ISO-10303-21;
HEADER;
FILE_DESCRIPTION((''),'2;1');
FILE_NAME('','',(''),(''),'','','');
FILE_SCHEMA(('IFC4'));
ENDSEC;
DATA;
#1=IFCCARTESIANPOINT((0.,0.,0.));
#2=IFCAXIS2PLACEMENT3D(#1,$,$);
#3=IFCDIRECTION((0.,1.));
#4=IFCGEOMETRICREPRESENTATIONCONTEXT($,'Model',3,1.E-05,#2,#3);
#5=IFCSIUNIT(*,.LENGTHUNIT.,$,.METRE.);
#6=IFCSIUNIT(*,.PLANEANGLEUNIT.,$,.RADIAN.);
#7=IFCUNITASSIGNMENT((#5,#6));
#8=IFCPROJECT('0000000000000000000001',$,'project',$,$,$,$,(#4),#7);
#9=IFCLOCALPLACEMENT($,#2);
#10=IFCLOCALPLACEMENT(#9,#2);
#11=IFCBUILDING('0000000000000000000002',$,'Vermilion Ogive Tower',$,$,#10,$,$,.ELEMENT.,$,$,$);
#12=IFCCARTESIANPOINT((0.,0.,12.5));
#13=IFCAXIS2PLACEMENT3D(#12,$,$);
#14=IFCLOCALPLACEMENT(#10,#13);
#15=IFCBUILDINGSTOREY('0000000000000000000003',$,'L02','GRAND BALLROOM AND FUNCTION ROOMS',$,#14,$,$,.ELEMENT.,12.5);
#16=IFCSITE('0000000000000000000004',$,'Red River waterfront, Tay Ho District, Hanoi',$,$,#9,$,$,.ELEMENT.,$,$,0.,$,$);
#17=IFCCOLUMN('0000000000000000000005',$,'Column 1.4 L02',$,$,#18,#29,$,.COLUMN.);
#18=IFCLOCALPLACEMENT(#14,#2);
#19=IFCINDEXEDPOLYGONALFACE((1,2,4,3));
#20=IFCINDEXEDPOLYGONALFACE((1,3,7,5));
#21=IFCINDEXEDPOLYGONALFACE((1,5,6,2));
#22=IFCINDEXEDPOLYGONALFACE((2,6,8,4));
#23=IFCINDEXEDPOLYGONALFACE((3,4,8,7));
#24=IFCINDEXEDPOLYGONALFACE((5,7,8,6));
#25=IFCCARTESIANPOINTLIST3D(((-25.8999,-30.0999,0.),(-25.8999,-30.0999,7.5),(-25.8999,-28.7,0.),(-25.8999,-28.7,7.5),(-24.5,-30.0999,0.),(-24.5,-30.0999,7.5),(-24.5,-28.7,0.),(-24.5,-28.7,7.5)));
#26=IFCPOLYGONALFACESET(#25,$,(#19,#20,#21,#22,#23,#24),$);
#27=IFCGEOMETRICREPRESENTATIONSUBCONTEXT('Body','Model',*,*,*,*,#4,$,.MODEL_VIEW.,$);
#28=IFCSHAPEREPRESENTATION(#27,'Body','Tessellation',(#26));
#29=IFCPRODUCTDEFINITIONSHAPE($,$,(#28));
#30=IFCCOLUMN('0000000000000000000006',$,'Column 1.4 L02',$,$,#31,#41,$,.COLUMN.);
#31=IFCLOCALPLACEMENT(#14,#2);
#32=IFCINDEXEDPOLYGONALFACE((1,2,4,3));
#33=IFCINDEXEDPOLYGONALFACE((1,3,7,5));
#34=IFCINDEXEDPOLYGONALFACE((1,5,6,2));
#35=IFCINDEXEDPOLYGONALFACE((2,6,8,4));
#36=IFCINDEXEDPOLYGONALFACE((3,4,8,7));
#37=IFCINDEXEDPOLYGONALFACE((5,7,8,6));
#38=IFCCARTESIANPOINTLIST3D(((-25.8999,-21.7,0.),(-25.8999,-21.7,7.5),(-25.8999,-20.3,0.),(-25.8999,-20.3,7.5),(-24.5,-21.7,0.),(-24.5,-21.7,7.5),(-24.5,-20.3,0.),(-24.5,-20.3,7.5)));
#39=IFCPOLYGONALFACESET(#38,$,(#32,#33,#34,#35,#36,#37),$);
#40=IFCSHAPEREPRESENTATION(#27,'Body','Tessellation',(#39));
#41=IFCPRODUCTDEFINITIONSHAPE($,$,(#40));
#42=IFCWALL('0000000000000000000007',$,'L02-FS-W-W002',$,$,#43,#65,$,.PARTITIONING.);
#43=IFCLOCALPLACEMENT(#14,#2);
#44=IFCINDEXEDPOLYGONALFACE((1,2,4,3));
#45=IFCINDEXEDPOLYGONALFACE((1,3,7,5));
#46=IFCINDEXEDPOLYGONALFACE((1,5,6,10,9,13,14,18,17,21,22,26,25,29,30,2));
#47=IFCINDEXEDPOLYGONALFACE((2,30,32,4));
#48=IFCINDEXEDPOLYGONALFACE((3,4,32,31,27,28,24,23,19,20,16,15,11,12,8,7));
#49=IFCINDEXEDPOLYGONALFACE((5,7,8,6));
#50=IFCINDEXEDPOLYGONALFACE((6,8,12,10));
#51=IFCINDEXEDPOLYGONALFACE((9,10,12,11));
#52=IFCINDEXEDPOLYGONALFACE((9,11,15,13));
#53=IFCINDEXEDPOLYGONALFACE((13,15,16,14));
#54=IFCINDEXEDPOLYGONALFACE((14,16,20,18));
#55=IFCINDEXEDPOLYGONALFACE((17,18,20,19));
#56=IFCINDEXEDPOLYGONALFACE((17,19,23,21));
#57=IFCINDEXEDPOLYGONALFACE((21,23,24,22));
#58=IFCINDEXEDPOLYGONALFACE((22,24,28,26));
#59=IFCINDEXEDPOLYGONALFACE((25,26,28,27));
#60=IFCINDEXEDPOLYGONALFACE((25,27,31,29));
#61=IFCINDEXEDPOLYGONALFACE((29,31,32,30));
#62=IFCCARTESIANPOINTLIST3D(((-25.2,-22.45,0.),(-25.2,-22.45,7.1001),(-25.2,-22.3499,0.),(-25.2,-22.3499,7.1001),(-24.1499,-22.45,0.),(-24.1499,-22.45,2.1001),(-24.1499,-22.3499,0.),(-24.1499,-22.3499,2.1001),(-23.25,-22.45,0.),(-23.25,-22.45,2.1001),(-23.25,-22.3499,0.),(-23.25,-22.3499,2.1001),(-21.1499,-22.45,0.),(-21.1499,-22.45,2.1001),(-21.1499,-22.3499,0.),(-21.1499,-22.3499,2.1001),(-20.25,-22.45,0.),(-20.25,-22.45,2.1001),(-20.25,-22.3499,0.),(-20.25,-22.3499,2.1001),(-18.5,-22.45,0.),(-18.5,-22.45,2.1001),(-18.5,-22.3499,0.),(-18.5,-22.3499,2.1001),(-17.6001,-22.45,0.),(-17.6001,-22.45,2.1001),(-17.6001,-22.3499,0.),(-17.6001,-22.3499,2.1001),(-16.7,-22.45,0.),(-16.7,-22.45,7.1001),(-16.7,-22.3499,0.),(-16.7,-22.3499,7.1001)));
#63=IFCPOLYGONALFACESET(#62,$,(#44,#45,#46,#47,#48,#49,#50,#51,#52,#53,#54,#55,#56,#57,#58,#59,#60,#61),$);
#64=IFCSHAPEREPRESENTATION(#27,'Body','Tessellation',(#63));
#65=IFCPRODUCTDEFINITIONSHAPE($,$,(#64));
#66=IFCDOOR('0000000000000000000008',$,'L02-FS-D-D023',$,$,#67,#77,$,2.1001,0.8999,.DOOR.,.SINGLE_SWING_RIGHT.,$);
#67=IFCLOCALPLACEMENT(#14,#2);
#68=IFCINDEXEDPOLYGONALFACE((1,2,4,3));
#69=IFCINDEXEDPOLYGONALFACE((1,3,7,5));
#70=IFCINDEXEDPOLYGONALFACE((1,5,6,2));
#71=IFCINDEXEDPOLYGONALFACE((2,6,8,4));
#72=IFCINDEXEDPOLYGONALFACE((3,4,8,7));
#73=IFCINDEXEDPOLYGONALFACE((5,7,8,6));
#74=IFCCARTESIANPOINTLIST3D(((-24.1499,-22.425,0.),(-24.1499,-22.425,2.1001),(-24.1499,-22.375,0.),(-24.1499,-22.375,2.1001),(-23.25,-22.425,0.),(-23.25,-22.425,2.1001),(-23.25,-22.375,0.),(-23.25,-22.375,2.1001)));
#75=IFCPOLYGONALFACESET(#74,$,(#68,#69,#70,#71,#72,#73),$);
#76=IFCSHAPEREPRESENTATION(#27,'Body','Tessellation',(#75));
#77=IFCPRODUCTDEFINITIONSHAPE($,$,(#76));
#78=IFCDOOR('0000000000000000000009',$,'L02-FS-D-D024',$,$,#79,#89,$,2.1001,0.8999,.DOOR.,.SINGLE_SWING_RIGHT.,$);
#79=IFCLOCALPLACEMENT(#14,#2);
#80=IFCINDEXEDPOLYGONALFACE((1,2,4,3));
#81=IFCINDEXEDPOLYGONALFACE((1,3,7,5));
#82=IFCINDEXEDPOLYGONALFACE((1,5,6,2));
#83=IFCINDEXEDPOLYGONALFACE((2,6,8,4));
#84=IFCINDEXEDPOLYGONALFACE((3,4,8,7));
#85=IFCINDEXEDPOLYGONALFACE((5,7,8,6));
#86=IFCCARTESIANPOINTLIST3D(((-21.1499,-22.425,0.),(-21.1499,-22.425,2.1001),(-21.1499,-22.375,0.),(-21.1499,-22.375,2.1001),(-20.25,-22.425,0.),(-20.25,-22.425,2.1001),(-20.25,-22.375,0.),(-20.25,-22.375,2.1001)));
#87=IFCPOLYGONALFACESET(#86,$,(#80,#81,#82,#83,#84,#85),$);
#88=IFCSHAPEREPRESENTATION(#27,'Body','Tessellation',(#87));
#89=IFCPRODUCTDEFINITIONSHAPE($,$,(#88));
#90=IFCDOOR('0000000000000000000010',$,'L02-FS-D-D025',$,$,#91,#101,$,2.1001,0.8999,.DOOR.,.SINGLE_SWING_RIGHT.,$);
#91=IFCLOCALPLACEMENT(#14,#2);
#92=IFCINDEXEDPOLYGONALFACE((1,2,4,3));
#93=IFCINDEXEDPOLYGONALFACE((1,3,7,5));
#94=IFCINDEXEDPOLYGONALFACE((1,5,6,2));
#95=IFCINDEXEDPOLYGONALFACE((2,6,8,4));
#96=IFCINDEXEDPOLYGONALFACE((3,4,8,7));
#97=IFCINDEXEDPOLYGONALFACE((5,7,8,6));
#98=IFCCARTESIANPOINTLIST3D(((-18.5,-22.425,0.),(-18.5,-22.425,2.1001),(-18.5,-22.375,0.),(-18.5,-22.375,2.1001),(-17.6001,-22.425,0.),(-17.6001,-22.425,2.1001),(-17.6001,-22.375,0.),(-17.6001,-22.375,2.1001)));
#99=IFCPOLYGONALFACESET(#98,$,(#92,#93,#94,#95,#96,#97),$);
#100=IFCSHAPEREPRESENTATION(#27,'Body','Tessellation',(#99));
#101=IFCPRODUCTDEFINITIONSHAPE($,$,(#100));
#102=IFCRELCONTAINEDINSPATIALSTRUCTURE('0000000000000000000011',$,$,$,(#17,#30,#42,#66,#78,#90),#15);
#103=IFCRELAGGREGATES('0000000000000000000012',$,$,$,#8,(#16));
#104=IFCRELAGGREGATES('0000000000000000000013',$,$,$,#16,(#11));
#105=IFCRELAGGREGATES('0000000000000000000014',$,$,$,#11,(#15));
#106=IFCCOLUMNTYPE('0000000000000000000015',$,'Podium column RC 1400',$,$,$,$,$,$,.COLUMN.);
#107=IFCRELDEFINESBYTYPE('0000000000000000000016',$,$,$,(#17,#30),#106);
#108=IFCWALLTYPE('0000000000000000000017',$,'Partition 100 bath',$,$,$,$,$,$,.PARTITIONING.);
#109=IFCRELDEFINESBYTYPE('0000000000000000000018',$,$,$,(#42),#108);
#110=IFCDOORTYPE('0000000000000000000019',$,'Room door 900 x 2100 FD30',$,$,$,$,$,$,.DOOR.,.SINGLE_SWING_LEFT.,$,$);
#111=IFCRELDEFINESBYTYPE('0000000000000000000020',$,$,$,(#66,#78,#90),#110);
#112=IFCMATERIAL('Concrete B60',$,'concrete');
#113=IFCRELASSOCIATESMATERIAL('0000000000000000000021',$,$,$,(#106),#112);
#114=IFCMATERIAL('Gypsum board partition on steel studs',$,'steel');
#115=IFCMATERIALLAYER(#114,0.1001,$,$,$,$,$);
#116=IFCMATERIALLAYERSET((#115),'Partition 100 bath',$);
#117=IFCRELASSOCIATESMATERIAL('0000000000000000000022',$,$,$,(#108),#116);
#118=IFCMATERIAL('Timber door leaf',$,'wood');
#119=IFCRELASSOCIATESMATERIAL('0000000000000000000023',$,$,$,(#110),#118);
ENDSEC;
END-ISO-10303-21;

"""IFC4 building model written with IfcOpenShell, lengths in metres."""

from ifc_helpers import new_model, si_unit, direction, frame, frame_2d, origin, origin_2d, place, context, subcontext, project, spatial, rectangle, extrude, material, layer, layer_set, material_profile, profile_set, type_object, element, fill, save


model = new_model("IFC4")

# Units and contexts
model_context = context("Model", 3, precision=1e-05, world=origin(), true_north=direction((0.0, 1.0)))
body_context = subcontext(model_context, "Body", "Model", "MODEL_VIEW")
ifc_project = project(units=[si_unit("LENGTHUNIT", "METRE"), si_unit("PLANEANGLEUNIT", "RADIAN")], contexts=[model_context])

# Site, building, storey
site_placement = place(None, origin())
site = spatial("IfcSite", under=ifc_project, at=site_placement, Name="Red River waterfront, Tay Ho District, Hanoi", CompositionType="ELEMENT", RefElevation=0.0)
building_placement = place(site_placement, origin())
building = spatial("IfcBuilding", under=site, at=building_placement, Name="Vermilion Ogive Tower", CompositionType="ELEMENT")
storey_placement = place(building_placement, frame((0.0, 0.0, 12.5)))
storey = spatial("IfcBuildingStorey", under=building, at=storey_placement, Name="L02", Description="GRAND BALLROOM AND FUNCTION ROOMS", CompositionType="ELEMENT", Elevation=12.5)

# Columns
ifc_material_1 = material(Name="Concrete B60", Category="concrete")
ifc_material_profile = material_profile(ifc_material_1, rectangle(XDim=1.3999, YDim=1.3999, at=origin_2d()), Name="RC 1400x1400")
ifc_profile_set = profile_set([ifc_material_profile], Name="Concrete B60")
column_type = type_object("IfcColumnType", Name="Podium column RC 1400", PredefinedType="COLUMN", material=ifc_profile_set)
for number, where, z_axis, x_axis, name in (
    (1, (-25.2, -29.3999, 0.0), (0.0, 0.0, 1.0), (1.0, 0.0, 0.0), "Column 1.4 L02"),
    (2, (-25.2, -21.0, 0.0), (0.0, 0.0, 1.0), (1.0, 0.0, 0.0), "Column 1.4 L02"),
):
    element("IfcColumn", number, at=place(storey_placement, frame(where, z_axis=z_axis, x_axis=x_axis)), inside=storey, type_object=column_type, Name=name, PredefinedType="COLUMN", context=body_context, shape_type="SweptSolid", body=[
        extrude(rectangle(XDim=1.3999, YDim=1.3999, at=origin_2d()), origin(), (0.0, 0.0, 1.0), 7.5),
    ])

# Wall, openings, doors
ifc_material_2 = material(Name="Gypsum board partition on steel studs", Category="steel")
ifc_layer_1 = layer(ifc_material_2, 0.1001)
ifc_layer_set_1 = layer_set([ifc_layer_1], Name="Partition 100 bath")
wall_type_1 = type_object("IfcWallType", Name="Partition 100 bath", PredefinedType="PARTITIONING", material=ifc_layer_set_1)
wall_1_placement = place(storey_placement, frame((-25.2, -22.3999, 0.0), z_axis=(0.0, 0.0, 1.0), x_axis=(1.0, 0.0, 0.0)))
wall_1 = element("IfcWall", 3, at=wall_1_placement, inside=storey, type_object=wall_type_1, Name="L02-FS-W-W002", PredefinedType="PARTITIONING", context=body_context, shape_type="SweptSolid", body=[
    extrude(rectangle(XDim=8.5, YDim=0.1001, at=frame_2d((4.25, 0.0))), origin(), (0.0, 0.0, 1.0), 7.1001),
])
opening_1_placement = place(wall_1_placement, frame((1.05, 0.0, 0.0)))
opening_1 = element("IfcOpeningElement", 4, at=opening_1_placement, cuts=wall_1, PredefinedType="OPENING", context=body_context, shape_type="SweptSolid", body=[
    extrude(rectangle(XDim=0.8999, YDim=2.1001, at=frame_2d((0.45, 1.05))), frame((0.0, 0.0601, 0.0), z_axis=(0.0, -1.0, 0.0), x_axis=(1.0, 0.0, 0.0)), (0.0, 0.0, 1.0), 0.1201),
])
opening_2_placement = place(wall_1_placement, frame((4.05, 0.0, 0.0)))
opening_2 = element("IfcOpeningElement", 5, at=opening_2_placement, cuts=wall_1, PredefinedType="OPENING", context=body_context, shape_type="SweptSolid", body=[
    extrude(rectangle(XDim=0.8999, YDim=2.1001, at=frame_2d((0.45, 1.05))), frame((0.0, 0.0601, 0.0), z_axis=(0.0, -1.0, 0.0), x_axis=(1.0, 0.0, 0.0)), (0.0, 0.0, 1.0), 0.1201),
])
opening_3_placement = place(wall_1_placement, frame((6.7, 0.0, 0.0)))
opening_3 = element("IfcOpeningElement", 6, at=opening_3_placement, cuts=wall_1, PredefinedType="OPENING", context=body_context, shape_type="SweptSolid", body=[
    extrude(rectangle(XDim=0.8999, YDim=2.1001, at=frame_2d((0.45, 1.05))), frame((0.0, 0.0601, 0.0), z_axis=(0.0, -1.0, 0.0), x_axis=(1.0, 0.0, 0.0)), (0.0, 0.0, 1.0), 0.1201),
])
ifc_material_3 = material(Name="Timber door leaf", Category="wood")
door_type_1 = type_object("IfcDoorType", Name="Room door 900 x 2100 FD30", OperationType="SINGLE_SWING_LEFT", PredefinedType="DOOR", material=ifc_material_3)
door_1_placement = place(opening_1_placement, origin())
door_1 = element("IfcDoor", 7, at=door_1_placement, inside=storey, type_object=door_type_1, Name="L02-FS-D-D023", OperationType="SINGLE_SWING_RIGHT", OverallHeight=2.1001, OverallWidth=0.8999, PredefinedType="DOOR", context=body_context, shape_type="SweptSolid", body=[
    extrude(rectangle(XDim=0.8999, YDim=2.1001, at=frame_2d((0.45, 1.05))), frame((0.0, 0.0249, 0.0), z_axis=(0.0, -1.0, 0.0), x_axis=(1.0, 0.0, 0.0)), (0.0, 0.0, 1.0), 0.05),
])
fill(opening_1, door_1)
door_2_placement = place(opening_2_placement, origin())
door_2 = element("IfcDoor", 8, at=door_2_placement, inside=storey, type_object=door_type_1, Name="L02-FS-D-D024", OperationType="SINGLE_SWING_RIGHT", OverallHeight=2.1001, OverallWidth=0.8999, PredefinedType="DOOR", context=body_context, shape_type="SweptSolid", body=[
    extrude(rectangle(XDim=0.8999, YDim=2.1001, at=frame_2d((0.45, 1.05))), frame((0.0, 0.0249, 0.0), z_axis=(0.0, -1.0, 0.0), x_axis=(1.0, 0.0, 0.0)), (0.0, 0.0, 1.0), 0.05),
])
fill(opening_2, door_2)
door_3_placement = place(opening_3_placement, origin())
door_3 = element("IfcDoor", 9, at=door_3_placement, inside=storey, type_object=door_type_1, Name="L02-FS-D-D025", OperationType="SINGLE_SWING_RIGHT", OverallHeight=2.1001, OverallWidth=0.8999, PredefinedType="DOOR", context=body_context, shape_type="SweptSolid", body=[
    extrude(rectangle(XDim=0.8999, YDim=2.1001, at=frame_2d((0.45, 1.05))), frame((0.0, 0.0249, 0.0), z_axis=(0.0, -1.0, 0.0), x_axis=(1.0, 0.0, 0.0)), (0.0, 0.0, 1.0), 0.05),
])
fill(opening_3, door_3)

save(model, "model.ifc")
